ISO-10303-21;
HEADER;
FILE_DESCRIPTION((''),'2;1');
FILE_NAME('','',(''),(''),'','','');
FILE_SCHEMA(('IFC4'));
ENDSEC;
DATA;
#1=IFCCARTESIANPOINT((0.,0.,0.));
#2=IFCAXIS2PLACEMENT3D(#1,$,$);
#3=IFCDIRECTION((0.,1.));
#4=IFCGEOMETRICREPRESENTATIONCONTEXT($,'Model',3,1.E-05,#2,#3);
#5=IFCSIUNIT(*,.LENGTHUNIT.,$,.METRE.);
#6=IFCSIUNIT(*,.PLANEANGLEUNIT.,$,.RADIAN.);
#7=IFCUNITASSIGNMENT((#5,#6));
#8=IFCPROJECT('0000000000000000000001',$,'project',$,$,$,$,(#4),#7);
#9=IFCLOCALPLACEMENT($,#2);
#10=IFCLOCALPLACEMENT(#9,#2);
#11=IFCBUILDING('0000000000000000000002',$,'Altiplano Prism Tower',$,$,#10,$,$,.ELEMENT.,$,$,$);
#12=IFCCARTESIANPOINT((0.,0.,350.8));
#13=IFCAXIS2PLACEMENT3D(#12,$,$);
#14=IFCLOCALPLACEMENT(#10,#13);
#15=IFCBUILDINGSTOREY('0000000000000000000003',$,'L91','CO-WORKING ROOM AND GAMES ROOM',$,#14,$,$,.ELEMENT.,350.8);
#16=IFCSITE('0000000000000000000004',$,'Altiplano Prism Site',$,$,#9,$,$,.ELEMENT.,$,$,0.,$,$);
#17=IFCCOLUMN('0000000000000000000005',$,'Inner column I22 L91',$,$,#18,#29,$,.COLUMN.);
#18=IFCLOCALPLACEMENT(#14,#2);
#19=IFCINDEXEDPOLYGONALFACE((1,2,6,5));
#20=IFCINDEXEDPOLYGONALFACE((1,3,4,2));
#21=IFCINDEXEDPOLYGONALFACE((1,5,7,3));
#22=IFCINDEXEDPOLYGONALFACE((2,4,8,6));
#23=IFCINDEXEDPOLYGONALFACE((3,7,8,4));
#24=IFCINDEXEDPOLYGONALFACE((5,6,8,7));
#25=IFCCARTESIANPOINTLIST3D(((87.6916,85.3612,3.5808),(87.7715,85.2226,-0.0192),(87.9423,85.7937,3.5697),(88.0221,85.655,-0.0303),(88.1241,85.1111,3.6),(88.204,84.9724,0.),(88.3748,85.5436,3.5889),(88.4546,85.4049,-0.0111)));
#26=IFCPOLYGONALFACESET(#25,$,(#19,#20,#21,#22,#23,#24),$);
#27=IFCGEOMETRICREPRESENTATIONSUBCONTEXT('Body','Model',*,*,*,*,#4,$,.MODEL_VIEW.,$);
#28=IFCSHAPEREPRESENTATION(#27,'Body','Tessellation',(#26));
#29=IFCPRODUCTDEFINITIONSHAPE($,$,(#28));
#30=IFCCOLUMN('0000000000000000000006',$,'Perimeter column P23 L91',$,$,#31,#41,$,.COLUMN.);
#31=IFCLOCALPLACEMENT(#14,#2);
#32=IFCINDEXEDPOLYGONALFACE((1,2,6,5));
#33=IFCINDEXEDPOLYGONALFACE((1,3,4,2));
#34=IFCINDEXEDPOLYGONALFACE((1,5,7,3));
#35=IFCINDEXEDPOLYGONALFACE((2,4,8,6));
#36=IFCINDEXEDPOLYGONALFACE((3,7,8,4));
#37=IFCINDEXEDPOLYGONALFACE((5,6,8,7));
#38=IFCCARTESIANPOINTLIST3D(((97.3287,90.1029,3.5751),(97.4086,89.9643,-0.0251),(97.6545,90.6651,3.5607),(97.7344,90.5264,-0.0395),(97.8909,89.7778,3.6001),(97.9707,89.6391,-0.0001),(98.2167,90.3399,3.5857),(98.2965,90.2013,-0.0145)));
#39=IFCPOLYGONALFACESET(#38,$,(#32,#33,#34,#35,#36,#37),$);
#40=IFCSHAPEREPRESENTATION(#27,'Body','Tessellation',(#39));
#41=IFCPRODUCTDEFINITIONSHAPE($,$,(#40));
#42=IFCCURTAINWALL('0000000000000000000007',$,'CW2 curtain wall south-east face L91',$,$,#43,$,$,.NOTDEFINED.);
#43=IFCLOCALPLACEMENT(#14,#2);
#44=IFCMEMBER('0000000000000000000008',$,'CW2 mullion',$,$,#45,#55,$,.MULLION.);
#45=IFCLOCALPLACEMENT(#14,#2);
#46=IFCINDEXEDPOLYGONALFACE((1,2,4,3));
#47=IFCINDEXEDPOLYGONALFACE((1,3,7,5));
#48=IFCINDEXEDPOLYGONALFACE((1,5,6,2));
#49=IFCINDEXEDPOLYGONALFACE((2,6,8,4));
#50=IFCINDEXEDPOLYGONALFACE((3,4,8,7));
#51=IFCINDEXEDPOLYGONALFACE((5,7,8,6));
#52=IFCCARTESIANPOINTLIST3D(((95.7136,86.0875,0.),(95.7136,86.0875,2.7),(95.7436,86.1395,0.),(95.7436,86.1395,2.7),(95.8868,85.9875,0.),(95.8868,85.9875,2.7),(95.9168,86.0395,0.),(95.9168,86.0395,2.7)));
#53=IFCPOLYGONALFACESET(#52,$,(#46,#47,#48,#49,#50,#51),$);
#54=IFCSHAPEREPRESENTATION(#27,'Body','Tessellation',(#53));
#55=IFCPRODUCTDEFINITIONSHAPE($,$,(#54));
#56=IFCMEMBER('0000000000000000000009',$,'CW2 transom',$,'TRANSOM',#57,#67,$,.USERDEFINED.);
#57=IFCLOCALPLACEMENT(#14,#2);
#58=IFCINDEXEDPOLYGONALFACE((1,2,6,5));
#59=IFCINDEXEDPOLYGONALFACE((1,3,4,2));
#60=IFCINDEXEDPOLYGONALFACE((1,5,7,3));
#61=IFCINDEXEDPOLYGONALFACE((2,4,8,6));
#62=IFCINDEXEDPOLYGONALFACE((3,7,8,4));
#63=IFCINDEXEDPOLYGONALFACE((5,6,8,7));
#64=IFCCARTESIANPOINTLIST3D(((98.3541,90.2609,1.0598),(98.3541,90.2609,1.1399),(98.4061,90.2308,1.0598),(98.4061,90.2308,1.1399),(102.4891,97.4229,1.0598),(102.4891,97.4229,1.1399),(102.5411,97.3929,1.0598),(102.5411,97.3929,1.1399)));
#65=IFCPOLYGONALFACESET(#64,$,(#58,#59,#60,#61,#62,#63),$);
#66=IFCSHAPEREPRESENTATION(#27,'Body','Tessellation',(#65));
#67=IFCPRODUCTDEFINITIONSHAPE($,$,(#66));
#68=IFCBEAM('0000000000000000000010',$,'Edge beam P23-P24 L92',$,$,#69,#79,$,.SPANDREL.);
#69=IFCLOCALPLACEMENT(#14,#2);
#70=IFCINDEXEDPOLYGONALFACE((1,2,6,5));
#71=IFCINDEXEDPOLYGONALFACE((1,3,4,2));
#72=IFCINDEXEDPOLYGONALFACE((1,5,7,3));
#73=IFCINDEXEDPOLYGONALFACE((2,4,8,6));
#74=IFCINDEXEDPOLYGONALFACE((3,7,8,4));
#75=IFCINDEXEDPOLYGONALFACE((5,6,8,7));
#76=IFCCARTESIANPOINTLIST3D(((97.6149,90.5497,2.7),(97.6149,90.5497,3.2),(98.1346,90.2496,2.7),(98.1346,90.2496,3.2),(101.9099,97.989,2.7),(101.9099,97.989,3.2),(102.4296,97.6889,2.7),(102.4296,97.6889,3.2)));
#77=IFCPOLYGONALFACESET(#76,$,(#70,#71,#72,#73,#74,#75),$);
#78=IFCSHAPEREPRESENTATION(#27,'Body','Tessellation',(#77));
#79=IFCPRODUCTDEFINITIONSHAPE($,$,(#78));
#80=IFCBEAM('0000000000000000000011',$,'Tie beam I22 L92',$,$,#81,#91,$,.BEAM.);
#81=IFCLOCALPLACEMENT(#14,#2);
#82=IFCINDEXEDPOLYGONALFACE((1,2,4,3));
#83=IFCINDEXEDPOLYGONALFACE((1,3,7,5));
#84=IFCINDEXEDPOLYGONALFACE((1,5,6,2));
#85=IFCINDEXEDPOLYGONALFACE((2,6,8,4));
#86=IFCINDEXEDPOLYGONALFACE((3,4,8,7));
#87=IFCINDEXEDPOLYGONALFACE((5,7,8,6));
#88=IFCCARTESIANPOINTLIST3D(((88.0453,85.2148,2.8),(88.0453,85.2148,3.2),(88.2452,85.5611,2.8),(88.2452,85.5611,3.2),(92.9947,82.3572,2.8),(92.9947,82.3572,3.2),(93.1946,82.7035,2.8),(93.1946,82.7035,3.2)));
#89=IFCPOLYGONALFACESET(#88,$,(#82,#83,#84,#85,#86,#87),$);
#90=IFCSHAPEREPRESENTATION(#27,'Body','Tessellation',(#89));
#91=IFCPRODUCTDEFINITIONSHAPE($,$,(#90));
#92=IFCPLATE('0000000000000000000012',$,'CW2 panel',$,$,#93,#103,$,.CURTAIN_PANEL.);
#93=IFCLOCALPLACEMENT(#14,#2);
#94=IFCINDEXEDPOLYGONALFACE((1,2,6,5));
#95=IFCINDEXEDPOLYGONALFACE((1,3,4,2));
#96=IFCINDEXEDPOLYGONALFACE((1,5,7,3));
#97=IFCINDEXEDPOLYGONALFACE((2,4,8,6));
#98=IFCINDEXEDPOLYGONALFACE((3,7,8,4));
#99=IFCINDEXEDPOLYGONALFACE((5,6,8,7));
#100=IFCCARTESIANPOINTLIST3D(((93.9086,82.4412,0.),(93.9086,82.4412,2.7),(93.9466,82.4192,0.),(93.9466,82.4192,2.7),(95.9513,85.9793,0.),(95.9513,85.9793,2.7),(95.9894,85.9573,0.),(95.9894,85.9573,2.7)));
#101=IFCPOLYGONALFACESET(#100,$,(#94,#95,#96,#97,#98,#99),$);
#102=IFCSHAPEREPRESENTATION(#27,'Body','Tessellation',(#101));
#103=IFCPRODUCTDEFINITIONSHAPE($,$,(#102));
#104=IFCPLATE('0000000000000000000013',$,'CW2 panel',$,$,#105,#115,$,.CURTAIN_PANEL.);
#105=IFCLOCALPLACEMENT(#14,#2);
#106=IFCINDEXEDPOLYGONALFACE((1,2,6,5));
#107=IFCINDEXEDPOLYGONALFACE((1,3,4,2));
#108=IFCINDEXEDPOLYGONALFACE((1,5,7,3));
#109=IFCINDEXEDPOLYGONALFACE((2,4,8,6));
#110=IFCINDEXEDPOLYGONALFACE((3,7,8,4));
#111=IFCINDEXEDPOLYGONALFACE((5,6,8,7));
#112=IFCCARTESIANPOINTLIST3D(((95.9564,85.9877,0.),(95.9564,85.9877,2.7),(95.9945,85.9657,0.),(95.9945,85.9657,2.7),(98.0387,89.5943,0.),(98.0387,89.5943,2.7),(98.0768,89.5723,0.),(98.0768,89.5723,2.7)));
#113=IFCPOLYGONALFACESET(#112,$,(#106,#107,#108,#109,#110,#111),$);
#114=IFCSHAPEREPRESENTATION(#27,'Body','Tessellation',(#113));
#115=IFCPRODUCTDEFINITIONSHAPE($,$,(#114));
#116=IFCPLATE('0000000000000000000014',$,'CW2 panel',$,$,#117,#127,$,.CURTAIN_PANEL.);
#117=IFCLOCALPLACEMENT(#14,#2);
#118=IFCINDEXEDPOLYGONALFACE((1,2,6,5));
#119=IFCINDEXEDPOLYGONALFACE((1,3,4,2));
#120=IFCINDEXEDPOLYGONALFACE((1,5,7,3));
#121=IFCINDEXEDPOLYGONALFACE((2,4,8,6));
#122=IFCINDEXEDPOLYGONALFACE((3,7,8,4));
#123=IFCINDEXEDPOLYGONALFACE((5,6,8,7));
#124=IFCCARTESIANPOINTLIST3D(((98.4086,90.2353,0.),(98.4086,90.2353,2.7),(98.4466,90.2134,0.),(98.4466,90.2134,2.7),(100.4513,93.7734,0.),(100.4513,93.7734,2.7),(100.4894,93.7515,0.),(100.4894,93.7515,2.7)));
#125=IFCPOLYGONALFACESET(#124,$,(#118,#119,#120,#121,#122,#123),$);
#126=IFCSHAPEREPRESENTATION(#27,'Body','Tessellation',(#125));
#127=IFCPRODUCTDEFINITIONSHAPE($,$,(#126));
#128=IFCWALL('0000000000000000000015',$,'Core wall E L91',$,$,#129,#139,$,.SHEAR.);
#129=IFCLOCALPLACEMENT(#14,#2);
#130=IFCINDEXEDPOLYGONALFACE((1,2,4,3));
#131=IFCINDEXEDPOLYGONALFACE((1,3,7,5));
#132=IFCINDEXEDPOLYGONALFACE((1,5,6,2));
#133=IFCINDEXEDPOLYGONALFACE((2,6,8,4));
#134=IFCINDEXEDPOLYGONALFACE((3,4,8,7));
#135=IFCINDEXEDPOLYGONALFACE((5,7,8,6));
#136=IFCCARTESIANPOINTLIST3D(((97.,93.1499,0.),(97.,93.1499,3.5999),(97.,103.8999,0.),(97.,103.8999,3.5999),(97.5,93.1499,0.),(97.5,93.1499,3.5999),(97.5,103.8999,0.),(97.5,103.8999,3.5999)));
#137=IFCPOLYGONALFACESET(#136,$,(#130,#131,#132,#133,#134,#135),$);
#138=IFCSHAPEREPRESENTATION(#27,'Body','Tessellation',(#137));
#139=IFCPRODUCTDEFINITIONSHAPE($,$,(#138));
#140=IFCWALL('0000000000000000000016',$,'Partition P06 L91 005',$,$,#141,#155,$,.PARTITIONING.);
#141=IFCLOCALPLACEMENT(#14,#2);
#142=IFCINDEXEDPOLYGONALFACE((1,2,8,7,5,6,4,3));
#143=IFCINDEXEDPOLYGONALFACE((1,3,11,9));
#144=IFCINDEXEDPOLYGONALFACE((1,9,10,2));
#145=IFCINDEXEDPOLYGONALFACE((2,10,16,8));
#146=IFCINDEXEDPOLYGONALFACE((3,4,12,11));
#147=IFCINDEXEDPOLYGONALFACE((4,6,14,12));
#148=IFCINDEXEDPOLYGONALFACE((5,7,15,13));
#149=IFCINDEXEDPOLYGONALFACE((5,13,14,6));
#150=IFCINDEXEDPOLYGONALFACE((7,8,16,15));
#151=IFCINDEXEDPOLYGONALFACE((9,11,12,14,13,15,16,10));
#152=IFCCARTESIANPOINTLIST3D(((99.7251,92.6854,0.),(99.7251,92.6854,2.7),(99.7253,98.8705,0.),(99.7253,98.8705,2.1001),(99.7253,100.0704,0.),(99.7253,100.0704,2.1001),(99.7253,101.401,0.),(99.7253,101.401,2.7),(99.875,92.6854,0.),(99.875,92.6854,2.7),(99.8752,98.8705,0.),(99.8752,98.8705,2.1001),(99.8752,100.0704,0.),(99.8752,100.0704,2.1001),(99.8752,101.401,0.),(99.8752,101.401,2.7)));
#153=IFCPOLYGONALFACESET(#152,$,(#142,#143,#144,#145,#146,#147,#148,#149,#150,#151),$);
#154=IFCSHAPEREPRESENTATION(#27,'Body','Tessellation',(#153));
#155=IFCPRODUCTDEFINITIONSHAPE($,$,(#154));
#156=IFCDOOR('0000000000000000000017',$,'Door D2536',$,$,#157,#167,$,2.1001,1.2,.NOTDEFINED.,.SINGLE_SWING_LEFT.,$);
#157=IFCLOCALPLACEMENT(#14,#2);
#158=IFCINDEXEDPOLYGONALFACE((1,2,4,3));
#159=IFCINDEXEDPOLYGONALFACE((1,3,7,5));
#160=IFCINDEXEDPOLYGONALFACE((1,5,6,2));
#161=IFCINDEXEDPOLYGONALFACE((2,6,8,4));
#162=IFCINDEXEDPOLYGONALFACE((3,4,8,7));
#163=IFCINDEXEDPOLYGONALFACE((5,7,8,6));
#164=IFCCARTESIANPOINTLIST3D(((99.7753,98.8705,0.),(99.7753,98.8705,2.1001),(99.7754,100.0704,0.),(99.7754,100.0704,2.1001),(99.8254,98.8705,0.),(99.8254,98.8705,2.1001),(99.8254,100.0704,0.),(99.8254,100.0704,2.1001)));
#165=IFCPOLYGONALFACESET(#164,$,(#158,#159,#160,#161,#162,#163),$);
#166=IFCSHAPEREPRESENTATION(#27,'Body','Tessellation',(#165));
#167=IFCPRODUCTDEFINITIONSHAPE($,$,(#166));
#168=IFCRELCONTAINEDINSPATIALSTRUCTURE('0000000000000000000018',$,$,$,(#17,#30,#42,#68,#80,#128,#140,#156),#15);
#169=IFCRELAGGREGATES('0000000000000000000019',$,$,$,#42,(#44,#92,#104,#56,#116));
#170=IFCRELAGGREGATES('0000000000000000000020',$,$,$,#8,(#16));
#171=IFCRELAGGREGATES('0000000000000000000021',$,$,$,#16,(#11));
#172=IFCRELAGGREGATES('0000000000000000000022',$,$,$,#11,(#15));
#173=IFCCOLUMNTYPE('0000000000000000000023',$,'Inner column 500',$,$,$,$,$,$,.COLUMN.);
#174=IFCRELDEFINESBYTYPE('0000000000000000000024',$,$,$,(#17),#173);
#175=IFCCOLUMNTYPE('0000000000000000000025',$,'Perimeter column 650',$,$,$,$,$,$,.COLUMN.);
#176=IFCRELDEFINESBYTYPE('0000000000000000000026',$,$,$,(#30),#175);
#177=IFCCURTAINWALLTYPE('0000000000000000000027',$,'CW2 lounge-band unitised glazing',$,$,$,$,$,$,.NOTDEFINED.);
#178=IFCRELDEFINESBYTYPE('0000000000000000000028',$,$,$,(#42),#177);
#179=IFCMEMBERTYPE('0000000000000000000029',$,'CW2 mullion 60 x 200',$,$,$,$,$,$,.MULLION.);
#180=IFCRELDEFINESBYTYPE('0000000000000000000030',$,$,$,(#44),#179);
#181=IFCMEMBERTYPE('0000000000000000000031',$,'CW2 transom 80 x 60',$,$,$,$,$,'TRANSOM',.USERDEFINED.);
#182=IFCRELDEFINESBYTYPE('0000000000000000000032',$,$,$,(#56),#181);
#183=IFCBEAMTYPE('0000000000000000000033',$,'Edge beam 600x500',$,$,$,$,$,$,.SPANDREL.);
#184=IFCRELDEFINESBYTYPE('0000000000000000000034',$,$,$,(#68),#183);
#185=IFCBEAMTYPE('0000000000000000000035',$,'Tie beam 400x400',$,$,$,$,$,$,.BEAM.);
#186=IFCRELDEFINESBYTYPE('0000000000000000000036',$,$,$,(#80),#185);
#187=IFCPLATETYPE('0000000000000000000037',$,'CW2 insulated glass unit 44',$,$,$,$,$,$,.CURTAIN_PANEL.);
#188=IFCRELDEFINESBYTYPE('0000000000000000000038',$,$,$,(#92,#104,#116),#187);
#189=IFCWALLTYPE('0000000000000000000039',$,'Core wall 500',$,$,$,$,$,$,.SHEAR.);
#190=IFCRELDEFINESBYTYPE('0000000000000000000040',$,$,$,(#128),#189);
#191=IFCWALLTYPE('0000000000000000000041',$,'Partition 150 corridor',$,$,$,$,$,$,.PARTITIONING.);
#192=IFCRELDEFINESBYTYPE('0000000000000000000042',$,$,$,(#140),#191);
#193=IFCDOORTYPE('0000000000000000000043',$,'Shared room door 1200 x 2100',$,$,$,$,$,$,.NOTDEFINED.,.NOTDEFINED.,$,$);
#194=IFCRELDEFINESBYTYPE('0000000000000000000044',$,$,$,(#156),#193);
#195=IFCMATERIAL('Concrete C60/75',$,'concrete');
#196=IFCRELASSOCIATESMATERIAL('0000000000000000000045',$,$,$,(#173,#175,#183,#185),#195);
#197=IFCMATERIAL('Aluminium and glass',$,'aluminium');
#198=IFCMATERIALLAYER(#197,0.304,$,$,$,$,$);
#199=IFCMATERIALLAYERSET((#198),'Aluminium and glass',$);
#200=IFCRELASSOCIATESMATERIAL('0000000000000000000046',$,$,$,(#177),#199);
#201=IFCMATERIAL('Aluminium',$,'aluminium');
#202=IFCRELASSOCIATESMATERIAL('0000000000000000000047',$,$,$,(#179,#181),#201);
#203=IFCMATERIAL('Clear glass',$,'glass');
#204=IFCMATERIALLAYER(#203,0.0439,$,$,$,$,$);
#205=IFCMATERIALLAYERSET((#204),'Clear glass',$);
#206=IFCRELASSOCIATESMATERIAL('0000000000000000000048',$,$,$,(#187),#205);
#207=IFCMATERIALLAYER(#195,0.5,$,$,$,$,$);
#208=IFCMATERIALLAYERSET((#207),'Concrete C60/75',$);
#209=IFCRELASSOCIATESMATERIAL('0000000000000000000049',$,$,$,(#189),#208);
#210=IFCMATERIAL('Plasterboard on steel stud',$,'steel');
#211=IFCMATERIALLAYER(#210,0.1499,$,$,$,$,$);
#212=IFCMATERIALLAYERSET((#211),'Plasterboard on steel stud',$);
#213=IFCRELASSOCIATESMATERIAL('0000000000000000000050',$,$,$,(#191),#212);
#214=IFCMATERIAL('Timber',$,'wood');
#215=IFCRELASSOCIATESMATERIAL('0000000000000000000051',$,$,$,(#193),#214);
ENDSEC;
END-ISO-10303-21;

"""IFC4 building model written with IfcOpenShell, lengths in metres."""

from ifc_helpers import new_model, si_unit, direction, frame, frame_2d, origin, origin_2d, place, context, subcontext, project, spatial, rectangle, extrude, material, layer, layer_set, material_profile, profile_set, type_object, element, fill, aggregate, save


model = new_model("IFC4")

# Units and contexts
model_context = context("Model", 3, precision=1e-05, world=origin(), true_north=direction((0.0, 1.0)))
body_context = subcontext(model_context, "Body", "Model", "MODEL_VIEW")
ifc_project = project(units=[si_unit("LENGTHUNIT", "METRE"), si_unit("PLANEANGLEUNIT", "RADIAN")], contexts=[model_context])

# Site, building, storey
site_placement = place(None, origin())
site = spatial("IfcSite", under=ifc_project, at=site_placement, Name="Altiplano Prism Site", CompositionType="ELEMENT", RefElevation=0.0)
building_placement = place(site_placement, origin())
building = spatial("IfcBuilding", under=site, at=building_placement, Name="Altiplano Prism Tower", CompositionType="ELEMENT")
storey_placement = place(building_placement, frame((0.0, 0.0, 350.8)))
storey = spatial("IfcBuildingStorey", under=building, at=storey_placement, Name="L91", Description="CO-WORKING ROOM AND GAMES ROOM", CompositionType="ELEMENT", Elevation=350.8)

# Columns
ifc_material_1 = material(Name="Concrete C60/75", Category="concrete")
ifc_material_profile_1 = material_profile(ifc_material_1, rectangle(XDim=0.5, YDim=0.5, at=origin_2d()), Name="Inner column 500")
ifc_profile_set_1 = profile_set([ifc_material_profile_1], Name="Concrete C60/75")
column_type_1 = type_object("IfcColumnType", Name="Inner column 500", PredefinedType="COLUMN", material=ifc_profile_set_1)
column_1_placement = place(storey_placement, frame((88.113, 85.3137, -0.0151), z_axis=(-0.022155, 0.038484, 0.999014), x_axis=(-0.501318, -0.864978, 0.022203)))
element("IfcColumn", 1, at=column_1_placement, inside=storey, type_object=column_type_1, Name="Inner column I22 L91", PredefinedType="COLUMN", context=body_context, shape_type="SweptSolid", body=[
    extrude(rectangle(XDim=0.5, YDim=0.5, at=origin_2d()), origin(), (0.0, 0.0, 1.0), 3.6035),
])
ifc_material_profile_2 = material_profile(ifc_material_1, rectangle(XDim=0.6499, YDim=0.6499, at=origin_2d()), Name="Perimeter column 650")
ifc_profile_set_2 = profile_set([ifc_material_profile_2], Name="Concrete C60/75")
column_type_2 = type_object("IfcColumnType", Name="Perimeter column 650", PredefinedType="COLUMN", material=ifc_profile_set_2)
column_2_placement = place(storey_placement, frame((97.8525, 90.0828, -0.0198), z_axis=(-0.022154, 0.038481, 0.999014), x_axis=(-0.501313, -0.864981, 0.022201)))
element("IfcColumn", 2, at=column_2_placement, inside=storey, type_object=column_type_2, Name="Perimeter column P23 L91", PredefinedType="COLUMN", context=body_context, shape_type="SweptSolid", body=[
    extrude(rectangle(XDim=0.6499, YDim=0.6499, at=origin_2d()), origin(), (0.0, 0.0, 1.0), 3.6038),
])

# Curtain wall, members
ifc_material_2 = material(Name="Aluminium and glass", Category="aluminium")
ifc_layer_1 = layer(ifc_material_2, 0.304)
ifc_layer_set_1 = layer_set([ifc_layer_1], Name="Aluminium and glass")
curtain_wall_type = type_object("IfcCurtainWallType", Name="CW2 lounge-band unitised glazing", PredefinedType="NOTDEFINED", material=ifc_layer_set_1)
curtain_wall_placement = place(storey_placement, origin())
curtain_wall = element("IfcCurtainWall", 3, at=curtain_wall_placement, inside=storey, type_object=curtain_wall_type, Name="CW2 curtain wall south-east face L91", PredefinedType="NOTDEFINED")
ifc_material_3 = material(Name="Aluminium", Category="aluminium")
ifc_material_profile_3 = material_profile(ifc_material_3, rectangle(XDim=0.2, YDim=0.0601, at=origin_2d()), Name="CW2 mullion 60 x 200")
ifc_profile_set_3 = profile_set([ifc_material_profile_3], Name="Aluminium")
member_type_1 = type_object("IfcMemberType", Name="CW2 mullion 60 x 200", PredefinedType="MULLION", material=ifc_profile_set_3)
member_1_placement = place(storey_placement, frame((95.8152, 86.0635, 0.0), z_axis=(0.0, 0.0, 1.0), x_axis=(-0.866025, 0.5, 0.0)))
member_1 = element("IfcMember", 4, at=member_1_placement, type_object=member_type_1, Name="CW2 mullion", PredefinedType="MULLION", context=body_context, shape_type="SweptSolid", body=[
    extrude(rectangle(XDim=0.2, YDim=0.0601, at=origin_2d()), origin(), (0.0, 0.0, 1.0), 2.7),
])
ifc_material_profile_4 = material_profile(ifc_material_3, rectangle(XDim=0.0601, YDim=0.0801, at=origin_2d()), Name="CW2 transom 80 x 60")
ifc_profile_set_4 = profile_set([ifc_material_profile_4], Name="Aluminium")
member_type_2 = type_object("IfcMemberType", Name="CW2 transom 80 x 60", ElementType="TRANSOM", PredefinedType="USERDEFINED", material=ifc_profile_set_4)
member_2_placement = place(storey_placement, frame((98.3801, 90.2458, 1.0999), z_axis=(0.499997, 0.866027, 0.0), x_axis=(-0.866027, 0.499997, 0.0)))
member_2 = element("IfcMember", 5, at=member_2_placement, type_object=member_type_2, Name="CW2 transom", ObjectType="TRANSOM", PredefinedType="USERDEFINED", context=body_context, shape_type="SweptSolid", body=[
    extrude(rectangle(XDim=0.0601, YDim=0.0801, at=origin_2d()), origin(), (0.0, 0.0, 1.0), 8.27),
])

# Beams
ifc_material_profile_5 = material_profile(ifc_material_1, rectangle(XDim=0.6001, YDim=0.5, at=origin_2d()), Name="Edge beam 600x500")
ifc_profile_set_5 = profile_set([ifc_material_profile_5], Name="Concrete C60/75")
beam_type_1 = type_object("IfcBeamType", Name="Edge beam 600x500", PredefinedType="SPANDREL", material=ifc_profile_set_5)
beam_1_placement = place(storey_placement, frame((97.8748, 90.3997, 2.95), z_axis=(0.499991, 0.866031, 0.0), x_axis=(-0.866031, 0.499991, 0.0)))
element("IfcBeam", 6, at=beam_1_placement, inside=storey, type_object=beam_type_1, Name="Edge beam P23-P24 L92", PredefinedType="SPANDREL", context=body_context, shape_type="SweptSolid", body=[
    extrude(rectangle(XDim=0.6001, YDim=0.5, at=origin_2d()), origin(), (0.0, 0.0, 1.0), 8.5901),
])
ifc_material_profile_6 = material_profile(ifc_material_1, rectangle(XDim=0.3999, YDim=0.3999, at=origin_2d()), Name="Tie beam 400x400")
ifc_profile_set_6 = profile_set([ifc_material_profile_6], Name="Concrete C60/75")
beam_type_2 = type_object("IfcBeamType", Name="Tie beam 400x400", PredefinedType="BEAM", material=ifc_profile_set_6)
beam_2_placement = place(storey_placement, frame((88.1453, 85.3879, 3.0), z_axis=(0.866018, -0.500012, 0.0), x_axis=(0.500012, 0.866018, 0.0)))
element("IfcBeam", 7, at=beam_2_placement, inside=storey, type_object=beam_type_2, Name="Tie beam I22 L92", PredefinedType="BEAM", context=body_context, shape_type="SweptSolid", body=[
    extrude(rectangle(XDim=0.3999, YDim=0.3999, at=origin_2d()), origin(), (0.0, 0.0, 1.0), 5.7151),
])

# Plates
ifc_material_4 = material(Name="Clear glass", Category="glass")
ifc_layer_2 = layer(ifc_material_4, 0.0439)
ifc_layer_set_2 = layer_set([ifc_layer_2], Name="Clear glass")
plate_type = type_object("IfcPlateType", Name="CW2 insulated glass unit 44", PredefinedType="CURTAIN_PANEL", material=ifc_layer_set_2)
plate_1_placement = place(storey_placement, frame((94.949, 84.1992, 0.0), z_axis=(0.0, 0.0, 1.0), x_axis=(0.5, 0.866025, 0.0)))
plate_1 = element("IfcPlate", 8, at=plate_1_placement, type_object=plate_type, Name="CW2 panel", PredefinedType="CURTAIN_PANEL", context=body_context, shape_type="SweptSolid", body=[
    extrude(rectangle(XDim=4.0854, YDim=0.0439, at=origin_2d()), origin(), (0.0, 0.0, 1.0), 2.7),
])
plate_2_placement = place(storey_placement, frame((97.0166, 87.78, 0.0), z_axis=(0.0, 0.0, 1.0), x_axis=(0.5, 0.866025, 0.0)))
plate_2 = element("IfcPlate", 9, at=plate_2_placement, type_object=plate_type, Name="CW2 panel", PredefinedType="CURTAIN_PANEL", context=body_context, shape_type="SweptSolid", body=[
    extrude(rectangle(XDim=4.1646, YDim=0.0439, at=origin_2d()), origin(), (0.0, 0.0, 1.0), 2.7),
])
plate_3_placement = place(storey_placement, frame((99.449, 91.9934, 0.0), z_axis=(0.0, 0.0, 1.0), x_axis=(0.5, 0.866025, 0.0)))
plate_3 = element("IfcPlate", 10, at=plate_3_placement, type_object=plate_type, Name="CW2 panel", PredefinedType="CURTAIN_PANEL", context=body_context, shape_type="SweptSolid", body=[
    extrude(rectangle(XDim=4.0854, YDim=0.0439, at=origin_2d()), origin(), (0.0, 0.0, 1.0), 2.7),
])
aggregate(curtain_wall, [member_1, plate_1, plate_2, member_2, plate_3])

# Wall
ifc_layer_3 = layer(ifc_material_1, 0.5)
ifc_layer_set_3 = layer_set([ifc_layer_3], Name="Concrete C60/75")
wall_type_1 = type_object("IfcWallType", Name="Core wall 500", PredefinedType="SHEAR", material=ifc_layer_set_3)
wall_1_placement = place(storey_placement, frame((97.25, 93.1499, 0.0), z_axis=(0.0, 0.0, 1.0), x_axis=(0.0, 1.0, 0.0)))
element("IfcWall", 11, at=wall_1_placement, inside=storey, type_object=wall_type_1, Name="Core wall E L91", PredefinedType="SHEAR", context=body_context, shape_type="SweptSolid", body=[
    extrude(rectangle(XDim=10.75, YDim=0.5, at=frame_2d((5.375, 0.0))), origin(), (0.0, 0.0, 1.0), 3.5999),
])

# Wall, opening, door
ifc_material_5 = material(Name="Plasterboard on steel stud", Category="steel")
ifc_layer_4 = layer(ifc_material_5, 0.1499)
ifc_layer_set_4 = layer_set([ifc_layer_4], Name="Plasterboard on steel stud")
wall_type_2 = type_object("IfcWallType", Name="Partition 150 corridor", PredefinedType="PARTITIONING", material=ifc_layer_set_4)
wall_2_placement = place(storey_placement, frame((99.8, 92.6853, 0.0), z_axis=(0.0, 0.0, 1.0), x_axis=(0.000028, 1.0, 0.0)))
wall_2 = element("IfcWall", 12, at=wall_2_placement, inside=storey, type_object=wall_type_2, Name="Partition P06 L91 005", PredefinedType="PARTITIONING", context=body_context, shape_type="SweptSolid", body=[
    extrude(rectangle(XDim=8.7156, YDim=0.1499, at=frame_2d((4.3579, 0.0))), origin(), (0.0, 0.0, 1.0), 2.7),
])
opening_1_placement = place(wall_2_placement, frame((6.1851, 0.0, 0.0)))
opening_1 = element("IfcOpeningElement", 13, at=opening_1_placement, cuts=wall_2, PredefinedType="OPENING", context=body_context, shape_type="SweptSolid", body=[
    extrude(rectangle(XDim=1.2, YDim=2.1001, at=frame_2d((0.6001, 1.05))), frame((0.0, 0.0854, 0.0), z_axis=(0.0, -1.0, 0.0), x_axis=(1.0, 0.0, 0.0)), (0.0, 0.0, 1.0), 0.1709),
])
ifc_material_6 = material(Name="Timber", Category="wood")
door_type_1 = type_object("IfcDoorType", Name="Shared room door 1200 x 2100", OperationType="NOTDEFINED", PredefinedType="NOTDEFINED", material=ifc_material_6)
door_1_placement = place(opening_1_placement, origin())
door_1 = element("IfcDoor", 14, at=door_1_placement, inside=storey, type_object=door_type_1, Name="Door D2536", OperationType="SINGLE_SWING_LEFT", OverallHeight=2.1001, OverallWidth=1.2, PredefinedType="NOTDEFINED", context=body_context, shape_type="SweptSolid", body=[
    extrude(rectangle(XDim=1.2, YDim=2.1001, at=frame_2d((0.6001, 1.05))), frame((0.0, 0.0249, 0.0), z_axis=(0.0, -1.0, 0.0), x_axis=(1.0, 0.0, 0.0)), (0.0, 0.0, 1.0), 0.05),
])
fill(opening_1, door_1)

save(model, "model.ifc")
